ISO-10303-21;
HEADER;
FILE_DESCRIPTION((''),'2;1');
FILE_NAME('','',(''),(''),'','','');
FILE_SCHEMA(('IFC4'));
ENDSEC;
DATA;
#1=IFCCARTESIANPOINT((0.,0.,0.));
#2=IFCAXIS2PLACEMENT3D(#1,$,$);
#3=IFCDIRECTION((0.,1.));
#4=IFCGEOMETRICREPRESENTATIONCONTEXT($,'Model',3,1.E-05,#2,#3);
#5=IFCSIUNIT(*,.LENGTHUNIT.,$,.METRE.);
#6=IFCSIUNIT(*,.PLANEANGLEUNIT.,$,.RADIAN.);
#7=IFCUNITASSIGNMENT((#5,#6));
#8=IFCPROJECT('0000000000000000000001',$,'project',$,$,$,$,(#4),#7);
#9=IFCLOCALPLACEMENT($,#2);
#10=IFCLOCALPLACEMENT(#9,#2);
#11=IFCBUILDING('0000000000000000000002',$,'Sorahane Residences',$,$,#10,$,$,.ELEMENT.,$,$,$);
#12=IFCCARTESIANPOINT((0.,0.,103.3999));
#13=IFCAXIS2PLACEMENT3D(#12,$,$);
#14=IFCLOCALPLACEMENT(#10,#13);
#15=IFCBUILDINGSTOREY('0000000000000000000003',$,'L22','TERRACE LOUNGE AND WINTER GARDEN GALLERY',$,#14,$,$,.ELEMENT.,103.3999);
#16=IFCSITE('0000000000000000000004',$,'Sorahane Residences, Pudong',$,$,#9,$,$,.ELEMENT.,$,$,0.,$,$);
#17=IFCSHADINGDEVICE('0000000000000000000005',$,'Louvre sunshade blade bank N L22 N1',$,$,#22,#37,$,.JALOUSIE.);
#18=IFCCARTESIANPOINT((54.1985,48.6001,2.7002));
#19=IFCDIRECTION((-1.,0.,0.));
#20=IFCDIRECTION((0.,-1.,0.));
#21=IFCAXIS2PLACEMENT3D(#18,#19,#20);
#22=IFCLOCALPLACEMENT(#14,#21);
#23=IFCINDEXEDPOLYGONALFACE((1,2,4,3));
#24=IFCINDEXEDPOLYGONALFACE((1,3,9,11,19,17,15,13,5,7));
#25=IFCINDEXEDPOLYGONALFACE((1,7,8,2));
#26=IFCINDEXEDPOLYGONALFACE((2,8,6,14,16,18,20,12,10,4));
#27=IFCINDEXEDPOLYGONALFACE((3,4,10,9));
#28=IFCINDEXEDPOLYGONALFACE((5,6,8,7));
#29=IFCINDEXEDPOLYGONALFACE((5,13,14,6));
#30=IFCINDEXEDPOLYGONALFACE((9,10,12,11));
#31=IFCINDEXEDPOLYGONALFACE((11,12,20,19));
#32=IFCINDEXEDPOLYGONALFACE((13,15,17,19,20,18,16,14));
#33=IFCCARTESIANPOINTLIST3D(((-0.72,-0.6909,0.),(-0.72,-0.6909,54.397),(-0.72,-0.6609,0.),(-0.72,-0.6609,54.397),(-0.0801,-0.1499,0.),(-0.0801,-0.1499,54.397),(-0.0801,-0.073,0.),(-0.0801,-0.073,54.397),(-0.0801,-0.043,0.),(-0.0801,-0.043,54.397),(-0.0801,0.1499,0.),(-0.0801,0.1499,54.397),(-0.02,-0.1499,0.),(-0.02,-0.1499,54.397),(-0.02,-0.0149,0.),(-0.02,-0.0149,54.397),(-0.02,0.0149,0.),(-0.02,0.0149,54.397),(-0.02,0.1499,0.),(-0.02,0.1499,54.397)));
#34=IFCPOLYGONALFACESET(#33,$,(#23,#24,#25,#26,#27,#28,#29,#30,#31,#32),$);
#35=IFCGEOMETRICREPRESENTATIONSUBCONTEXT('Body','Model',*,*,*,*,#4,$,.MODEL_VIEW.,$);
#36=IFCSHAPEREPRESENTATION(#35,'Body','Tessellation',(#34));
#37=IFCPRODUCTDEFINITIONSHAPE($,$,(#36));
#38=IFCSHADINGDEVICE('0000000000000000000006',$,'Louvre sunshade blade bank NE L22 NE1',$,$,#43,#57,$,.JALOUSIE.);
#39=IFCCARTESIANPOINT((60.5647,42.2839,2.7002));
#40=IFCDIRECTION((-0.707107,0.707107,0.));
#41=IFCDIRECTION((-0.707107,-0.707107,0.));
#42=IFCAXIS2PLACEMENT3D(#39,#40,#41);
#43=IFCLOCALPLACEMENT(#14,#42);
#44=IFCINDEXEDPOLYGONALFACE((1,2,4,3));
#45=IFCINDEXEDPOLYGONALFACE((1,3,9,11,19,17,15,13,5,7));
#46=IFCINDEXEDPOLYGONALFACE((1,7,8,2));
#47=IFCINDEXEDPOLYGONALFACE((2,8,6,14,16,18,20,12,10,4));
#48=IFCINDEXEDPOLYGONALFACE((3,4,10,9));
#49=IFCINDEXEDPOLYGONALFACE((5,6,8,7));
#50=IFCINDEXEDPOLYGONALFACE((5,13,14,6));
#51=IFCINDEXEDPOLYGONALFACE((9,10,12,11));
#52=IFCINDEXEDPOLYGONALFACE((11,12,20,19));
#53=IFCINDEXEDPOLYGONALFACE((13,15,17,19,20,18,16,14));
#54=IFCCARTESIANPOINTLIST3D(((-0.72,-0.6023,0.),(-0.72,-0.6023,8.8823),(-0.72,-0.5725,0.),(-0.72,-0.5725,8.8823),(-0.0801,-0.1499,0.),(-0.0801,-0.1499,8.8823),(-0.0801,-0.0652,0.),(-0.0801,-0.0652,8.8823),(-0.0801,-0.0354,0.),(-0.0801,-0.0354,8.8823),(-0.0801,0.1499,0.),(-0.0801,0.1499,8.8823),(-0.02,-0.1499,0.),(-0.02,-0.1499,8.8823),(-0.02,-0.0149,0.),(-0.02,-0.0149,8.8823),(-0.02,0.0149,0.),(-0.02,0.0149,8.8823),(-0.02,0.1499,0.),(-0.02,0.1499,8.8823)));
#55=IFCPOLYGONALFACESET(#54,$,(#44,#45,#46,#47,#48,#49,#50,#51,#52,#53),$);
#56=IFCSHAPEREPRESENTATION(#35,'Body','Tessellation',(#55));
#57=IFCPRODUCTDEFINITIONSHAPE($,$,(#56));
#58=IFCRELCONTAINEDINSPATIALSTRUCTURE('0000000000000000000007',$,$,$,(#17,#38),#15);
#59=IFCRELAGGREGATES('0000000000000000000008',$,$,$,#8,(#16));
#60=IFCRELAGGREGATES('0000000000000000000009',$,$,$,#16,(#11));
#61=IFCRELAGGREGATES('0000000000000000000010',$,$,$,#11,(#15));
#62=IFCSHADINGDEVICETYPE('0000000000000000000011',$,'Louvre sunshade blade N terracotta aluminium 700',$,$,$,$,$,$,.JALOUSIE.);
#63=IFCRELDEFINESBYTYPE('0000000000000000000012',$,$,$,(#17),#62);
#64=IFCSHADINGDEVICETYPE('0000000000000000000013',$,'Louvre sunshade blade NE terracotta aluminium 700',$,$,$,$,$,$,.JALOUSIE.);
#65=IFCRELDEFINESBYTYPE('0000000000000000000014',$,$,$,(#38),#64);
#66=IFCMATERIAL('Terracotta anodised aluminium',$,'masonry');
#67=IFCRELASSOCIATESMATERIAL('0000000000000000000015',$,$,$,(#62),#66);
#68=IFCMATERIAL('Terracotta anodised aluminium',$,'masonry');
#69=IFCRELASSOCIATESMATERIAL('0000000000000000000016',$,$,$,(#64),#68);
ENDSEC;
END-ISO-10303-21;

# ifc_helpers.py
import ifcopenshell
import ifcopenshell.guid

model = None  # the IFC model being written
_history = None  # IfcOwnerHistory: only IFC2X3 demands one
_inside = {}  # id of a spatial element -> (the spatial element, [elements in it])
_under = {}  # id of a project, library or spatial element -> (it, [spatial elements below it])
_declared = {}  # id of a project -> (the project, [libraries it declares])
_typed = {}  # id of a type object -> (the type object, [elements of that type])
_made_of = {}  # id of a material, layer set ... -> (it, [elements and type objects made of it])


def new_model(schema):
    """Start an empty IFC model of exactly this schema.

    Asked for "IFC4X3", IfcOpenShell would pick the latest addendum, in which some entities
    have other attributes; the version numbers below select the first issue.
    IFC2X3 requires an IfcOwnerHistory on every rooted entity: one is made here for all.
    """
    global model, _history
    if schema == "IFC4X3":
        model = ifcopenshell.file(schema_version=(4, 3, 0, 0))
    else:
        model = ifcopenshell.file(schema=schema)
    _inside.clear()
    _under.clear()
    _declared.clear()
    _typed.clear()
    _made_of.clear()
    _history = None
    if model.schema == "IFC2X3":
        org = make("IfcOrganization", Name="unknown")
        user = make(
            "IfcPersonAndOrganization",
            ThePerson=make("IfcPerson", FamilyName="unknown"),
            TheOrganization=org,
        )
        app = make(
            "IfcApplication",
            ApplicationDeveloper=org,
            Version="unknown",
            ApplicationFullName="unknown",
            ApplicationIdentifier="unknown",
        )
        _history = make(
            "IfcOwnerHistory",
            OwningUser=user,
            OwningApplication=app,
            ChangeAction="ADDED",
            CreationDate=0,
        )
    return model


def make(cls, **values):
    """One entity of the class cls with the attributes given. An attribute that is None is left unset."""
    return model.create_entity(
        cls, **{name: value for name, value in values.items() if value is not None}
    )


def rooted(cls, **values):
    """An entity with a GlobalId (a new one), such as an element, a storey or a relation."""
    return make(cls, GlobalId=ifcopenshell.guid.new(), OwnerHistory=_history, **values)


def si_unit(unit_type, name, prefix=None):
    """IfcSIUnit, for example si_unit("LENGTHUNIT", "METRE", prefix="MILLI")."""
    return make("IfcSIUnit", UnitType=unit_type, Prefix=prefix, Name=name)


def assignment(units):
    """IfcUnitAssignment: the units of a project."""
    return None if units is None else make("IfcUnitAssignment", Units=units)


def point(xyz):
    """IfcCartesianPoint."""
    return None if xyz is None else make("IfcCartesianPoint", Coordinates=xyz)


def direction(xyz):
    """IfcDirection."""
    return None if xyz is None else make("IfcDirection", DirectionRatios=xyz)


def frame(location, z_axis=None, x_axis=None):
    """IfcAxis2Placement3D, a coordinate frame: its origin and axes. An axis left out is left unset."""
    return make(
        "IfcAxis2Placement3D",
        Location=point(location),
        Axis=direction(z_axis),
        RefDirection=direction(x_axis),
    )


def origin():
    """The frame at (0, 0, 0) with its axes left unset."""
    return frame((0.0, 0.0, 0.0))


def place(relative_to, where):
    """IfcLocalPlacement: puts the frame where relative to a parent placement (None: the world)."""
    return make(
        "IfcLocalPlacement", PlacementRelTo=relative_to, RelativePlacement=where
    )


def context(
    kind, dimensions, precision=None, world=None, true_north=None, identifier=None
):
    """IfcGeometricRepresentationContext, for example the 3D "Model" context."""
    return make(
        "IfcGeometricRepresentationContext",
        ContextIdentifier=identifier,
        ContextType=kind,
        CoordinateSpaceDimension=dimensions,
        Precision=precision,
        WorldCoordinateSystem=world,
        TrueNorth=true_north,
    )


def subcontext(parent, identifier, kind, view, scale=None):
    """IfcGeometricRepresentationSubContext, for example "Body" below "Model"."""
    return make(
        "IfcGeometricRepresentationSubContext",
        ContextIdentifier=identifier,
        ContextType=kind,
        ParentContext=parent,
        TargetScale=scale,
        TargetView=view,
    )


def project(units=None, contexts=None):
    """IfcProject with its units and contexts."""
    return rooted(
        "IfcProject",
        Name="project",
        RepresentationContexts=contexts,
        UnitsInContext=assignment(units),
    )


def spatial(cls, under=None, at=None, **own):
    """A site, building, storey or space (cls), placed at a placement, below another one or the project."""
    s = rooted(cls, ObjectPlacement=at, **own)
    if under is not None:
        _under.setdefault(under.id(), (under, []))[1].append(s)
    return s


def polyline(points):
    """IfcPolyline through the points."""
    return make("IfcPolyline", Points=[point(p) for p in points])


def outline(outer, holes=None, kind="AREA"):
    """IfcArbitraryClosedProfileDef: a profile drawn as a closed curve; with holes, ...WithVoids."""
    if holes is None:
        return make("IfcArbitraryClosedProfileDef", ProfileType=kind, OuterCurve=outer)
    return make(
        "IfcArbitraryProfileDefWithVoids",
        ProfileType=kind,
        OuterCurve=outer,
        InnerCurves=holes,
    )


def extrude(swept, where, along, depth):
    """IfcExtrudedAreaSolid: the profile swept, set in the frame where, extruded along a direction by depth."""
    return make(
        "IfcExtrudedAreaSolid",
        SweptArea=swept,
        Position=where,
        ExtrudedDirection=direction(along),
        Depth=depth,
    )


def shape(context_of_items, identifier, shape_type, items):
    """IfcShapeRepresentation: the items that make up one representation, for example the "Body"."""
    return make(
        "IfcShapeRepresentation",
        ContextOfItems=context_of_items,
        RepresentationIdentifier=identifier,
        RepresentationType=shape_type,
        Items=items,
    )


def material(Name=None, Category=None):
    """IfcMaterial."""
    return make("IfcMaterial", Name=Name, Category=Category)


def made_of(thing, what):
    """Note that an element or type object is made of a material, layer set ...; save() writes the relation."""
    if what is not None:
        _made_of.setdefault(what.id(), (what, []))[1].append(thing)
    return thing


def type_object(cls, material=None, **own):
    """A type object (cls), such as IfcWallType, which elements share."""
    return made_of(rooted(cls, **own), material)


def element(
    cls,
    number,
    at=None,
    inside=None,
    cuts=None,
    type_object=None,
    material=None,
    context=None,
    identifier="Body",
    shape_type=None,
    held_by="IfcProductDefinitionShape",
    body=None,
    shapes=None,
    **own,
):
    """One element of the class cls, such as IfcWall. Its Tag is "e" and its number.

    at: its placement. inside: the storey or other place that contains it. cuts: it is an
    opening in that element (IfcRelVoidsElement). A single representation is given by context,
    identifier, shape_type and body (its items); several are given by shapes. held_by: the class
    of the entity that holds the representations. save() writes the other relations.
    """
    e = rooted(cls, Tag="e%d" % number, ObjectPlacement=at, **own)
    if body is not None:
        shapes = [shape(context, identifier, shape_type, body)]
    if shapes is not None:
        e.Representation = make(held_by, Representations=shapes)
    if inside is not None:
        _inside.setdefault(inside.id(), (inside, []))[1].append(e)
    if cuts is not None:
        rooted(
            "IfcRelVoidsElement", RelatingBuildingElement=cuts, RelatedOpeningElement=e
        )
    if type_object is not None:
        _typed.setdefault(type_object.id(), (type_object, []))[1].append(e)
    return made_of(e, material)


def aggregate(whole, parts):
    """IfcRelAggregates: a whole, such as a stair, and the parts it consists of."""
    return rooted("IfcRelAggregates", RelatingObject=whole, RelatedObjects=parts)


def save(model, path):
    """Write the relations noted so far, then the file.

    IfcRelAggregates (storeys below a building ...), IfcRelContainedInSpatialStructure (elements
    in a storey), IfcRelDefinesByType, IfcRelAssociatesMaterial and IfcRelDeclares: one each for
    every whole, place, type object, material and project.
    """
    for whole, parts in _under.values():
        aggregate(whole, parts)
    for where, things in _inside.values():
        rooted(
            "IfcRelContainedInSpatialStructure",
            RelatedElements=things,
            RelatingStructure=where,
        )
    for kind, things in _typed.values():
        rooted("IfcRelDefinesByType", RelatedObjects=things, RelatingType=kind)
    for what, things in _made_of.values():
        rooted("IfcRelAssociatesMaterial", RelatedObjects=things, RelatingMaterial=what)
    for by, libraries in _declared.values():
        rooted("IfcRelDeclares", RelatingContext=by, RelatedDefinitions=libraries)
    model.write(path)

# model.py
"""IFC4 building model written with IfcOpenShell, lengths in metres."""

from ifc_helpers import new_model, si_unit, direction, frame, origin, place, context, subcontext, project, spatial, polyline, outline, extrude, material, type_object, element, save


model = new_model("IFC4")

# Units and contexts
model_context = context("Model", 3, precision=1e-05, world=origin(), true_north=direction((0.0, 1.0)))
body_context = subcontext(model_context, "Body", "Model", "MODEL_VIEW")
ifc_project = project(units=[si_unit("LENGTHUNIT", "METRE"), si_unit("PLANEANGLEUNIT", "RADIAN")], contexts=[model_context])

# Site, building, storey
site_placement = place(None, origin())
site = spatial("IfcSite", under=ifc_project, at=site_placement, Name="Sorahane Residences, Pudong", CompositionType="ELEMENT", RefElevation=0.0)
building_placement = place(site_placement, origin())
building = spatial("IfcBuilding", under=site, at=building_placement, Name="Sorahane Residences", CompositionType="ELEMENT")
storey_placement = place(building_placement, frame((0.0, 0.0, 103.3999)))
storey = spatial("IfcBuildingStorey", under=building, at=storey_placement, Name="L22", Description="TERRACE LOUNGE AND WINTER GARDEN GALLERY", CompositionType="ELEMENT", Elevation=103.3999)

# Shading devices
ifc_material_1 = material(Name="Terracotta anodised aluminium", Category="masonry")
shading_device_type_1 = type_object("IfcShadingDeviceType", Name="Louvre sunshade blade N terracotta aluminium 700", PredefinedType="JALOUSIE", material=ifc_material_1)
shading_device_1_placement = place(storey_placement, frame((54.1985, 48.6001, 2.7002), z_axis=(-1.0, 0.0, 0.0), x_axis=(0.0, -1.0, 0.0)))
element("IfcShadingDevice", 1, at=shading_device_1_placement, inside=storey, type_object=shading_device_type_1, Name="Louvre sunshade blade bank N L22 N1", PredefinedType="JALOUSIE", context=body_context, shape_type="SweptSolid", body=[
    extrude(outline(polyline([(-0.72, -0.6609), (-0.72, -0.6909), (-0.0801, -0.073), (-0.0801, -0.1499), (-0.02, -0.1499), (-0.02, -0.0149), (-0.02, 0.0149), (-0.02, 0.1499), (-0.0801, 0.1499), (-0.0801, -0.043), (-0.72, -0.6609)])), origin(), (0.0, 0.0, 1.0), 54.397),
])
ifc_material_2 = material(Name="Terracotta anodised aluminium", Category="masonry")
shading_device_type_2 = type_object("IfcShadingDeviceType", Name="Louvre sunshade blade NE terracotta aluminium 700", PredefinedType="JALOUSIE", material=ifc_material_2)
shading_device_2_placement = place(storey_placement, frame((60.5647, 42.2839, 2.7002), z_axis=(-0.707107, 0.707107, 0.0), x_axis=(-0.707107, -0.707107, 0.0)))
element("IfcShadingDevice", 2, at=shading_device_2_placement, inside=storey, type_object=shading_device_type_2, Name="Louvre sunshade blade bank NE L22 NE1", PredefinedType="JALOUSIE", context=body_context, shape_type="SweptSolid", body=[
    extrude(outline(polyline([(-0.72, -0.5725), (-0.72, -0.6023), (-0.0801, -0.0652), (-0.0801, -0.1499), (-0.02, -0.1499), (-0.02, -0.0149), (-0.02, 0.0149), (-0.02, 0.1499), (-0.0801, 0.1499), (-0.0801, -0.0354), (-0.72, -0.5725)])), origin(), (0.0, 0.0, 1.0), 8.8823),
])

save(model, "model.ifc")
